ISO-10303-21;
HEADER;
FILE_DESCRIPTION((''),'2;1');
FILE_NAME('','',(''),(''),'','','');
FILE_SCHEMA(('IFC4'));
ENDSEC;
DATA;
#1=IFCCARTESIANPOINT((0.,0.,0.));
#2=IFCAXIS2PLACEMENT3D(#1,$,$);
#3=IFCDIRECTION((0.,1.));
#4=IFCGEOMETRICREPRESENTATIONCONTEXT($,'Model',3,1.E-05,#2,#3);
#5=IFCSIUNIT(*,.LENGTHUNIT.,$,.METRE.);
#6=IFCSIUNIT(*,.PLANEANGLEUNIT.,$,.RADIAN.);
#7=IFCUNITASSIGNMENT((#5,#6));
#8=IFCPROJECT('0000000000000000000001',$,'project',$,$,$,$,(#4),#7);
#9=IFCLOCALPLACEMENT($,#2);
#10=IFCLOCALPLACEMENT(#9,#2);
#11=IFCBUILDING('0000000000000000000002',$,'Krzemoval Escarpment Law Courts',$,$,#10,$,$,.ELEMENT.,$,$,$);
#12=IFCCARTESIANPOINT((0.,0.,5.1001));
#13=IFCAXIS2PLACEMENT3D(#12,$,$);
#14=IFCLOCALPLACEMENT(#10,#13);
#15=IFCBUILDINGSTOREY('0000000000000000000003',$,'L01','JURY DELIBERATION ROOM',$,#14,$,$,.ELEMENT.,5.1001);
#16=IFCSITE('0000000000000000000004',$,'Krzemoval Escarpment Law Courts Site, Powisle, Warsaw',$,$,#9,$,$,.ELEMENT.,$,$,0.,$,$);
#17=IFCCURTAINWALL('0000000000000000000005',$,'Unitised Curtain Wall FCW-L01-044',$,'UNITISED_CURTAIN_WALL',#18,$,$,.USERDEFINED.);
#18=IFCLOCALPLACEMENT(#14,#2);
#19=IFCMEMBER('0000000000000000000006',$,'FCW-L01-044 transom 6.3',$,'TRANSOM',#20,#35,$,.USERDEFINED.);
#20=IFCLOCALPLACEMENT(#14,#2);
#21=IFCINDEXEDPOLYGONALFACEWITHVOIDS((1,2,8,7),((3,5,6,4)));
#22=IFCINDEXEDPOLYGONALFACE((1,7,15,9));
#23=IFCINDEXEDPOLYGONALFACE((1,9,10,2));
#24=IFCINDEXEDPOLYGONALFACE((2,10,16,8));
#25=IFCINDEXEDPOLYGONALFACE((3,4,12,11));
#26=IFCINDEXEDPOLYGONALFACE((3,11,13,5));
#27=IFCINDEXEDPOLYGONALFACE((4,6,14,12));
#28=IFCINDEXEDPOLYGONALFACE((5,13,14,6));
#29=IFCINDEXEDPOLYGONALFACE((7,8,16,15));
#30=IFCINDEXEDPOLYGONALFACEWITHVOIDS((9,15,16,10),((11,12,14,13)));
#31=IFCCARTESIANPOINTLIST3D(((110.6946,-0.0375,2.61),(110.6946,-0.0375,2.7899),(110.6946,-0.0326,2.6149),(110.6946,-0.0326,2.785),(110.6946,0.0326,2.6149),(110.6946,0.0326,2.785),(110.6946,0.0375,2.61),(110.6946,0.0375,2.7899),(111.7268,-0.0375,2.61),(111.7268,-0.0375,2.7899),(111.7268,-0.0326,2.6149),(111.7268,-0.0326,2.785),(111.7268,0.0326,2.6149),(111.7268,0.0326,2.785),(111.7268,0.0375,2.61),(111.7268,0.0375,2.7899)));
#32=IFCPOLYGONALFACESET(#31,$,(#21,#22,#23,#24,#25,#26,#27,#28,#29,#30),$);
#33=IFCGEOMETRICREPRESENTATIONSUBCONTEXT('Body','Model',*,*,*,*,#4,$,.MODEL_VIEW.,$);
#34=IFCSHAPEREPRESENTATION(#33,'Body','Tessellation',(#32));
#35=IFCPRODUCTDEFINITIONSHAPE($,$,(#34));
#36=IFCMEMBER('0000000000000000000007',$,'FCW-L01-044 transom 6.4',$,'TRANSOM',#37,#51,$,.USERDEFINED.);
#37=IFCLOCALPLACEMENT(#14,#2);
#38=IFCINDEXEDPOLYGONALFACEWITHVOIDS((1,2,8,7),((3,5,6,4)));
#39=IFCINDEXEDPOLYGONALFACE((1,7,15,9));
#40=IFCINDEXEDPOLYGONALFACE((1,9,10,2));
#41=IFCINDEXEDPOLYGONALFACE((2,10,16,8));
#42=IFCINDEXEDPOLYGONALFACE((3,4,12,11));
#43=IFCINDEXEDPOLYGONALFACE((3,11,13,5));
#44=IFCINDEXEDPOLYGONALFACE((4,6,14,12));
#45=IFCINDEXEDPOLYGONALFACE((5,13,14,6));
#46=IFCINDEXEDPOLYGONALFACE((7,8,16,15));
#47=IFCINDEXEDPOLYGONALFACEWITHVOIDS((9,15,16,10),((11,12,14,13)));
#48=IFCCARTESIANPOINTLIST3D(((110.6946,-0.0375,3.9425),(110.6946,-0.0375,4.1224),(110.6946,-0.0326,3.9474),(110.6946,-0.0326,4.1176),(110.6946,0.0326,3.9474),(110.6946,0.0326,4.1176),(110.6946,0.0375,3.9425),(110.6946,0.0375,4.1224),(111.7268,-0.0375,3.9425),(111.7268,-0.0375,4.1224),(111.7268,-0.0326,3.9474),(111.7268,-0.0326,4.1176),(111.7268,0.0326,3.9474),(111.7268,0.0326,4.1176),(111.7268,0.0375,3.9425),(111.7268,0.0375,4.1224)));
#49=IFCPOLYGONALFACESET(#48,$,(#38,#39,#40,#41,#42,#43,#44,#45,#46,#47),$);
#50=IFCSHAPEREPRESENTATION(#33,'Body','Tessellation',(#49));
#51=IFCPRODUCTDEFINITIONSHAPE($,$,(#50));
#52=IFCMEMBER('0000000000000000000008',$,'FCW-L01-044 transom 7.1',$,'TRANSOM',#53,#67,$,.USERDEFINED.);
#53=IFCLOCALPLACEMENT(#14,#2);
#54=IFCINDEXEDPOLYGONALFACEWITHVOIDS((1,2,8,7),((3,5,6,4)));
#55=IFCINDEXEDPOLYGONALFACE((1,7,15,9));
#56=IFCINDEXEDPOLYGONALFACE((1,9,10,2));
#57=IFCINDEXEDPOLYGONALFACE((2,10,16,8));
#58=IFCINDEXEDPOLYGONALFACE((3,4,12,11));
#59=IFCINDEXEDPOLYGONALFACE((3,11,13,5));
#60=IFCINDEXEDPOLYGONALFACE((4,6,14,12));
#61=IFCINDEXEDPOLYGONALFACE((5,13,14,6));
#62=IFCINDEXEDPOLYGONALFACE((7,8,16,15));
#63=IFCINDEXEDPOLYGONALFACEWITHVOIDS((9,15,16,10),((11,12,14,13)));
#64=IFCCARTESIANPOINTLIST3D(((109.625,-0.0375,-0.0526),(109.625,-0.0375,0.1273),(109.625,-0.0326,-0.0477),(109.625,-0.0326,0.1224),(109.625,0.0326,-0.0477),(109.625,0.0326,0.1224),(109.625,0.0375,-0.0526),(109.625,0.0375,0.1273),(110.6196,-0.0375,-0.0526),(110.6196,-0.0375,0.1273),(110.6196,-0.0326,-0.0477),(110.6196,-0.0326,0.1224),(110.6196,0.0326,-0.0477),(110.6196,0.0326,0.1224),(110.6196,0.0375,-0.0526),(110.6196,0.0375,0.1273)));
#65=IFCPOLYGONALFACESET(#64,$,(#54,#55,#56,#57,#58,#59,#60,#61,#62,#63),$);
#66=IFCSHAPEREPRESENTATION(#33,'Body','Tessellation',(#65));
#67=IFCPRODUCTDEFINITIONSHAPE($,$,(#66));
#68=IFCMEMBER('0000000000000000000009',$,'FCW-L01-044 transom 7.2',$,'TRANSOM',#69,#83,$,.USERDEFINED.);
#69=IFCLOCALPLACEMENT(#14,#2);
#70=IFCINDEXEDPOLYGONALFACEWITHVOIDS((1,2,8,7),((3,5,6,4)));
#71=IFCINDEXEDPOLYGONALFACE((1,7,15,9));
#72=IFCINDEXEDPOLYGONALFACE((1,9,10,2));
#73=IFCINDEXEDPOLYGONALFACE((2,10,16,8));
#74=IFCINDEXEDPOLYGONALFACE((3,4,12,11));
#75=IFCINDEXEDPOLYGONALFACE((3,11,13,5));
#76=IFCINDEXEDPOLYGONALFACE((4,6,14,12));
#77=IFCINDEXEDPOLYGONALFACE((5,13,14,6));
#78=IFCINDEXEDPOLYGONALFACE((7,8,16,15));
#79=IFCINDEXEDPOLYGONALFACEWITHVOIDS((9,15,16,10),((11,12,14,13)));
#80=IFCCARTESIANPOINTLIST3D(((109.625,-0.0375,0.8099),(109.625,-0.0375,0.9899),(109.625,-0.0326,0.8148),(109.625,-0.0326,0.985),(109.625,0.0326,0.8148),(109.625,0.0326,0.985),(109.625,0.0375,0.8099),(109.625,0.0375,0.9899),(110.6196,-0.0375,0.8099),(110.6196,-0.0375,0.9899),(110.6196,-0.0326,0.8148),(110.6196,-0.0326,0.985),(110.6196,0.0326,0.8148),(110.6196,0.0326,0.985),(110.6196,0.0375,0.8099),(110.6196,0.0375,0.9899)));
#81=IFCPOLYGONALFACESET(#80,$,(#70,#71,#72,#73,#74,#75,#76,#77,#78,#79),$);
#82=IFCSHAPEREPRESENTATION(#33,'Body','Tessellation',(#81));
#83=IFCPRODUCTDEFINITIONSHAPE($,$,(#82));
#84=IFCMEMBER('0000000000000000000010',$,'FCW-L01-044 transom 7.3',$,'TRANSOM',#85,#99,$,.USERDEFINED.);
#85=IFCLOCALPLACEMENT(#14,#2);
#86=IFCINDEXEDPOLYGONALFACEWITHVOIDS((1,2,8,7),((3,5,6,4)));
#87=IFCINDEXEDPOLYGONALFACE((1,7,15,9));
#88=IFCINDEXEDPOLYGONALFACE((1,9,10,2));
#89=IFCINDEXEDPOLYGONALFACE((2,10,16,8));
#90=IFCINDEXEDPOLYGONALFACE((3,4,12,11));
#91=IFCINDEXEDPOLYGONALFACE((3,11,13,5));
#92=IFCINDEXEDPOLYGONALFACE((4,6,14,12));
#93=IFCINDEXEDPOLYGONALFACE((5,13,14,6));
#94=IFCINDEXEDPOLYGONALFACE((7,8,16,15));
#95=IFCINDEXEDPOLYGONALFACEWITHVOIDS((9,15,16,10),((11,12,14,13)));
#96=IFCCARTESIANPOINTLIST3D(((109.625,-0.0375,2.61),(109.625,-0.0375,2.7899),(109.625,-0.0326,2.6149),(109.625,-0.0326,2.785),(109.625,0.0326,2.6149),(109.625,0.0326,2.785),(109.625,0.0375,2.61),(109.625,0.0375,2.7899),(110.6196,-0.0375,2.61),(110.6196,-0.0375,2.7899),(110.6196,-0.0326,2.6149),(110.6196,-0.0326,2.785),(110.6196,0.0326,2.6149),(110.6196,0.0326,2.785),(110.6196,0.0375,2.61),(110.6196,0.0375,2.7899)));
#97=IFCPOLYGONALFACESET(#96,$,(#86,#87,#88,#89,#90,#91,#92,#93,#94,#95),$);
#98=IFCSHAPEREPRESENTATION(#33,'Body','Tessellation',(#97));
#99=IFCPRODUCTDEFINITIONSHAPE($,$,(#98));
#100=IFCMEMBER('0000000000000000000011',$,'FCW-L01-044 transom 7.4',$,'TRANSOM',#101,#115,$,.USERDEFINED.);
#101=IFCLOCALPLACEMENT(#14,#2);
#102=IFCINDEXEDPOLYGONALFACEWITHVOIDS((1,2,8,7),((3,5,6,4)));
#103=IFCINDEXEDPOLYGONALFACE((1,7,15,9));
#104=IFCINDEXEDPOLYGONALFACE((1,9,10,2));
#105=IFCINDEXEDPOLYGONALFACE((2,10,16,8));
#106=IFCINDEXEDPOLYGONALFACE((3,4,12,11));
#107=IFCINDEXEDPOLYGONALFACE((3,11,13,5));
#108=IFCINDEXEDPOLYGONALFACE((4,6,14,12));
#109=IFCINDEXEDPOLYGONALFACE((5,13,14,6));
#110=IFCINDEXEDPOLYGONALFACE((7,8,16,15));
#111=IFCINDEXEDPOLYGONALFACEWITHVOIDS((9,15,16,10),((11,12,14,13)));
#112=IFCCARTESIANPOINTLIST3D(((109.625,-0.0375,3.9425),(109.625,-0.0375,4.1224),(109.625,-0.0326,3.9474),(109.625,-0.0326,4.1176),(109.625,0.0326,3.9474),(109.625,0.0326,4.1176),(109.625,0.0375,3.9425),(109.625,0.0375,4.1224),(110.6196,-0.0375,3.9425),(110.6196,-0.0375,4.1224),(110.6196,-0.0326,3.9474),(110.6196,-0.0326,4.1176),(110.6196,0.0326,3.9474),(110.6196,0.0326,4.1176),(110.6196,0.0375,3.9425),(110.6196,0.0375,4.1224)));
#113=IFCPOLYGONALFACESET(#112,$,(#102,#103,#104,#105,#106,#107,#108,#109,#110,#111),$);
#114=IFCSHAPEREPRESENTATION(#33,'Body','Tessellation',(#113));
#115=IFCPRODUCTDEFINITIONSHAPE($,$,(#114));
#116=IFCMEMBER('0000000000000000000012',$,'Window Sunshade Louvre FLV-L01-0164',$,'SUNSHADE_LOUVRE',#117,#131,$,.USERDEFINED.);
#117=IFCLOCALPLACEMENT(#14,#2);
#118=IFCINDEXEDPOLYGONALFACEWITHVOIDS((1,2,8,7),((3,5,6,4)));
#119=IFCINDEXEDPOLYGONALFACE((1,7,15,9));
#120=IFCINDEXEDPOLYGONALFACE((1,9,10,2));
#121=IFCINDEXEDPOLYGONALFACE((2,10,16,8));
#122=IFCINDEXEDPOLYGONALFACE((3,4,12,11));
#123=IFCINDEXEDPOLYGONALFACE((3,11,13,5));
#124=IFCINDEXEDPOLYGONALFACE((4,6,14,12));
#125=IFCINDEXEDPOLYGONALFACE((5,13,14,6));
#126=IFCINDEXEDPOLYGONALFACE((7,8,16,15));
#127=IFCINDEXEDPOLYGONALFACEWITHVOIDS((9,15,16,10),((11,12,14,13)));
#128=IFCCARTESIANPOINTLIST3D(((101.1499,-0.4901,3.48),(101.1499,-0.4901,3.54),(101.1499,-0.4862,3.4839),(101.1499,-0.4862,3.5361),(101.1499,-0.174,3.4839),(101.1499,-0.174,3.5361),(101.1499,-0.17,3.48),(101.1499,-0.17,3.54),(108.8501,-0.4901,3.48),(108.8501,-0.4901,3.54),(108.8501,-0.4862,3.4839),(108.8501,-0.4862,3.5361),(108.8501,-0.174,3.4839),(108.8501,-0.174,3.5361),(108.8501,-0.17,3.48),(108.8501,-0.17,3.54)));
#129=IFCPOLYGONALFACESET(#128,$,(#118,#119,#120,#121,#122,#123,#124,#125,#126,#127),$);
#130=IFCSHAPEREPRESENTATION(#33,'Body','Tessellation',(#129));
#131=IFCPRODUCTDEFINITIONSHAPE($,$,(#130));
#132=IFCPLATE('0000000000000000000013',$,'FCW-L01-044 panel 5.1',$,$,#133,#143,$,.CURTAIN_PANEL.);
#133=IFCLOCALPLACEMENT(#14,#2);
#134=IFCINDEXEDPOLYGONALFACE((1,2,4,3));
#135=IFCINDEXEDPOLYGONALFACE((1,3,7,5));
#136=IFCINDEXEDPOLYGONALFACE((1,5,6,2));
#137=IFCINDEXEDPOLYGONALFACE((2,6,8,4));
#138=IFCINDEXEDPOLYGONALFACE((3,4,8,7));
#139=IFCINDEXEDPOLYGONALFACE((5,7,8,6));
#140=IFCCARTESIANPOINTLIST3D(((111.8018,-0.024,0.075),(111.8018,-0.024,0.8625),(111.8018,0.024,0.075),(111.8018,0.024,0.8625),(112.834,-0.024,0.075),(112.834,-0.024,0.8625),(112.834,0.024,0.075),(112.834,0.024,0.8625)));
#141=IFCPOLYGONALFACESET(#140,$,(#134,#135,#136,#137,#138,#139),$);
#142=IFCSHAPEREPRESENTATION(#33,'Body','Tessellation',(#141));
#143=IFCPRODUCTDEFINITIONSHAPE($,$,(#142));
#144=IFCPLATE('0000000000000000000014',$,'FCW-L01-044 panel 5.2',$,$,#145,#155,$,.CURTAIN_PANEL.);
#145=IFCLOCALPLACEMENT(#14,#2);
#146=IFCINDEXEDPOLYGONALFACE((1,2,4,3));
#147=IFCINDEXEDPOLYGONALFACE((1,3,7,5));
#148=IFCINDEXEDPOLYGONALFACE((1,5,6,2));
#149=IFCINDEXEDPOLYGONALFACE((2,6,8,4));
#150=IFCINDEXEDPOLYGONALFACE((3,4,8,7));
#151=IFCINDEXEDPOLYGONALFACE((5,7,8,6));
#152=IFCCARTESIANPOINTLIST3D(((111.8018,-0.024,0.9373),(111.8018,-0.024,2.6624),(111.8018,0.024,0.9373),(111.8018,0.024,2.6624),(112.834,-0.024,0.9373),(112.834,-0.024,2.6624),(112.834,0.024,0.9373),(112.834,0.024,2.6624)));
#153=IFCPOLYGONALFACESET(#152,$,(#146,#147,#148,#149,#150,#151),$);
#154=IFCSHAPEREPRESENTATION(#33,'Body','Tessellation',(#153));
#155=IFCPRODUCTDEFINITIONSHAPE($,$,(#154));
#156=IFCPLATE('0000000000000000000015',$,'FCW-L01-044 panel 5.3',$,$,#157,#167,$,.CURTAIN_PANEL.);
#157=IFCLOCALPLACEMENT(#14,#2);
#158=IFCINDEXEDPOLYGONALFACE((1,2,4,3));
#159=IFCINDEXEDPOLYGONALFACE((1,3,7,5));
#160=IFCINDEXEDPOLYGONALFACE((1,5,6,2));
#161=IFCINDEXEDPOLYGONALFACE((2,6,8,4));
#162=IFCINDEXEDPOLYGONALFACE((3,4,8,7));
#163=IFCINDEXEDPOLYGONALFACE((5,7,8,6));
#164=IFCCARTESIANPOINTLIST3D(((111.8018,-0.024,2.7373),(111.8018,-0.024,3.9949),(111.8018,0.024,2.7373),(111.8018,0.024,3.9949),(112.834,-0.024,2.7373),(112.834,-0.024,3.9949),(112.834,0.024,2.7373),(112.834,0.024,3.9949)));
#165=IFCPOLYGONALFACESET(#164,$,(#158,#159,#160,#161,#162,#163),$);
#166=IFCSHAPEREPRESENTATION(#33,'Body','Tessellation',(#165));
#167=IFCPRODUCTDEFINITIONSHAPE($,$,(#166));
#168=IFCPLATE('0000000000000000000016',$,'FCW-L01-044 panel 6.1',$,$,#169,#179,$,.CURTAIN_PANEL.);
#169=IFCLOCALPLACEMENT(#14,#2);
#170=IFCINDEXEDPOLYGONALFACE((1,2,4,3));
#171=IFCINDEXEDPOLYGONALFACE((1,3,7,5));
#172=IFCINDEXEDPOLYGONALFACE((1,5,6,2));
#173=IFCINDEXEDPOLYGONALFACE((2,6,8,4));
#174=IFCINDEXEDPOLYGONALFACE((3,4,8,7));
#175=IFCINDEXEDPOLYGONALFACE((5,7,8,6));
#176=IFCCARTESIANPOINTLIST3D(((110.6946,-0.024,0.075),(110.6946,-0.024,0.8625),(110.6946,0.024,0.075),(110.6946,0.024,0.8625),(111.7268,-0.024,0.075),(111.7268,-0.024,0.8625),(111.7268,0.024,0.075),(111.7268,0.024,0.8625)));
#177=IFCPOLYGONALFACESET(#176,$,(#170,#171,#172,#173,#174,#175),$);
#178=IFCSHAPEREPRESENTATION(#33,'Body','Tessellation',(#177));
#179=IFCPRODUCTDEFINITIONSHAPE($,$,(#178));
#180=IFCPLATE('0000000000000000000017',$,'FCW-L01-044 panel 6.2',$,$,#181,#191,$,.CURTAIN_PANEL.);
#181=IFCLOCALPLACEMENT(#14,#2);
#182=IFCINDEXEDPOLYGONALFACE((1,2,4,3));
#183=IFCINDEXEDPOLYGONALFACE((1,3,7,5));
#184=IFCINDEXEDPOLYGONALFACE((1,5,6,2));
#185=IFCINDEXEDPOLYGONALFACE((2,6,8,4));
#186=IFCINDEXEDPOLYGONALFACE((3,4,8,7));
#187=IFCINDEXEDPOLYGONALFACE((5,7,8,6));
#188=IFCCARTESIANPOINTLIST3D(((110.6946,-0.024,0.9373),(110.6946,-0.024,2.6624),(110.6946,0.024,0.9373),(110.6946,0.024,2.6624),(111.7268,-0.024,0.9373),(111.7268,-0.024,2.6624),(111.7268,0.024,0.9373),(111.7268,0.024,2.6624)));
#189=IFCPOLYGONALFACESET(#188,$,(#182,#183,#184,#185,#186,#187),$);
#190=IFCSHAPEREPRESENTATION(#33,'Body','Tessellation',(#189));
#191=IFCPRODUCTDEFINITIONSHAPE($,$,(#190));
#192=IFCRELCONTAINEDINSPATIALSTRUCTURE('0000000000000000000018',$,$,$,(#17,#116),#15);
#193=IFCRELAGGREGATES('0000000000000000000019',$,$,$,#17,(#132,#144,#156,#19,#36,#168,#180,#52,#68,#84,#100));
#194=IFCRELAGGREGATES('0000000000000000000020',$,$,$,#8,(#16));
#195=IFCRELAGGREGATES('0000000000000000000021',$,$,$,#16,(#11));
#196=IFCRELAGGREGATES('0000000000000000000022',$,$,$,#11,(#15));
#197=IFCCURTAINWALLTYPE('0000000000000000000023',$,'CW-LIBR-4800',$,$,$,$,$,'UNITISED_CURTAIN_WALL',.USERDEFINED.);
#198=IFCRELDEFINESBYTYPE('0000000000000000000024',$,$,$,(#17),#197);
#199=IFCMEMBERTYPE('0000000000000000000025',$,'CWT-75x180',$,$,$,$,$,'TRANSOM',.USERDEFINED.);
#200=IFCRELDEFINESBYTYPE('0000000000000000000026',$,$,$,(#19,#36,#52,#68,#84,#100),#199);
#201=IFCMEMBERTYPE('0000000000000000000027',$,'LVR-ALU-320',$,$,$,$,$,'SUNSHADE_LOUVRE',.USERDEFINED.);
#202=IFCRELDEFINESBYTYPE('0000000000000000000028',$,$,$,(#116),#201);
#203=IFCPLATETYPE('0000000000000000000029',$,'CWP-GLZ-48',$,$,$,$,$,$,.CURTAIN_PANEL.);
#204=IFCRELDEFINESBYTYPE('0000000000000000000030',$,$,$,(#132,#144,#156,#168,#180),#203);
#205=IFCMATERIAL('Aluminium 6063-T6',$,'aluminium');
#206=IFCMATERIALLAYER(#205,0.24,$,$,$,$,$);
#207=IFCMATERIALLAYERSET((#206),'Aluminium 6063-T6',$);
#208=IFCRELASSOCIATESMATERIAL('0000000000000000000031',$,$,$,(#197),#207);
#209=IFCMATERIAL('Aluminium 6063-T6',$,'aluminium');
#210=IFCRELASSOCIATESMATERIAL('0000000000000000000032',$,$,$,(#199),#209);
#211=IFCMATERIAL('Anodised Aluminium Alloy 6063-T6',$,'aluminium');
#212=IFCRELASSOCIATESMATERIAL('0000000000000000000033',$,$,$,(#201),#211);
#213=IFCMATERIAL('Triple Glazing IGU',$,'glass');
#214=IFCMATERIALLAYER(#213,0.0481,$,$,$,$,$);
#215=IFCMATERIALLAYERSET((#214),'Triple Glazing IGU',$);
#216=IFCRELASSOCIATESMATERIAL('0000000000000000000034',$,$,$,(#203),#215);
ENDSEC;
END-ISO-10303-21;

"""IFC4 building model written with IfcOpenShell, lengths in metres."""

from ifc_helpers import new_model, si_unit, direction, frame, origin, origin_2d, place, context, subcontext, project, spatial, rectangle, hollow_rectangle, extrude, material, layer, layer_set, material_profile, profile_set, type_object, element, aggregate, save


model = new_model("IFC4")

# Units and contexts
model_context = context("Model", 3, precision=1e-05, world=origin(), true_north=direction((0.0, 1.0)))
body_context = subcontext(model_context, "Body", "Model", "MODEL_VIEW")
ifc_project = project(units=[si_unit("LENGTHUNIT", "METRE"), si_unit("PLANEANGLEUNIT", "RADIAN")], contexts=[model_context])

# Site, building, storey
site_placement = place(None, origin())
site = spatial("IfcSite", under=ifc_project, at=site_placement, Name="Krzemoval Escarpment Law Courts Site, Powisle, Warsaw", CompositionType="ELEMENT", RefElevation=0.0)
building_placement = place(site_placement, origin())
building = spatial("IfcBuilding", under=site, at=building_placement, Name="Krzemoval Escarpment Law Courts", CompositionType="ELEMENT")
storey_placement = place(building_placement, frame((0.0, 0.0, 5.1001)))
storey = spatial("IfcBuildingStorey", under=building, at=storey_placement, Name="L01", Description="JURY DELIBERATION ROOM", CompositionType="ELEMENT", Elevation=5.1001)

# Curtain wall, members
ifc_material_1 = material(Name="Aluminium 6063-T6", Category="aluminium")
ifc_layer_1 = layer(ifc_material_1, 0.24)
ifc_layer_set_1 = layer_set([ifc_layer_1], Name="Aluminium 6063-T6")
curtain_wall_type = type_object("IfcCurtainWallType", Name="CW-LIBR-4800", ElementType="UNITISED_CURTAIN_WALL", PredefinedType="USERDEFINED", material=ifc_layer_set_1)
curtain_wall_placement = place(storey_placement, origin())
curtain_wall = element("IfcCurtainWall", 1, at=curtain_wall_placement, inside=storey, type_object=curtain_wall_type, Name="Unitised Curtain Wall FCW-L01-044", ObjectType="UNITISED_CURTAIN_WALL", PredefinedType="USERDEFINED")
ifc_material_2 = material(Name="Aluminium 6063-T6", Category="aluminium")
ifc_material_profile_1 = material_profile(ifc_material_2, hollow_rectangle(XDim=0.075, YDim=0.1799, WallThickness=0.0049, at=origin_2d()), Name="ALU T75x180")
ifc_profile_set_1 = profile_set([ifc_material_profile_1], Name="Aluminium 6063-T6")
member_type_1 = type_object("IfcMemberType", Name="CWT-75x180", ElementType="TRANSOM", PredefinedType="USERDEFINED", material=ifc_profile_set_1)
member_1_placement = place(storey_placement, frame((111.7268, 0.0, 2.7), z_axis=(-1.0, 0.0, 0.0), x_axis=(0.0, -1.0, 0.0)))
member_1 = element("IfcMember", 2, at=member_1_placement, type_object=member_type_1, Name="FCW-L01-044 transom 6.3", ObjectType="TRANSOM", PredefinedType="USERDEFINED", context=body_context, shape_type="SweptSolid", body=[
    extrude(hollow_rectangle(XDim=0.075, YDim=0.1799, WallThickness=0.0049, at=origin_2d()), origin(), (0.0, 0.0, 1.0), 1.0322),
])
member_2_placement = place(storey_placement, frame((111.7268, 0.0, 4.0325), z_axis=(-1.0, 0.0, 0.0), x_axis=(0.0, -1.0, 0.0)))
member_2 = element("IfcMember", 3, at=member_2_placement, type_object=member_type_1, Name="FCW-L01-044 transom 6.4", ObjectType="TRANSOM", PredefinedType="USERDEFINED", context=body_context, shape_type="SweptSolid", body=[
    extrude(hollow_rectangle(XDim=0.075, YDim=0.1799, WallThickness=0.0049, at=origin_2d()), origin(), (0.0, 0.0, 1.0), 1.0322),
])
member_3_placement = place(storey_placement, frame((110.6196, 0.0, 0.0374), z_axis=(-1.0, 0.0, 0.0), x_axis=(0.0, -1.0, 0.0)))
member_3 = element("IfcMember", 4, at=member_3_placement, type_object=member_type_1, Name="FCW-L01-044 transom 7.1", ObjectType="TRANSOM", PredefinedType="USERDEFINED", context=body_context, shape_type="SweptSolid", body=[
    extrude(hollow_rectangle(XDim=0.075, YDim=0.1799, WallThickness=0.0049, at=origin_2d()), origin(), (0.0, 0.0, 1.0), 0.9946),
])
member_4_placement = place(storey_placement, frame((110.6196, 0.0, 0.8999), z_axis=(-1.0, 0.0, 0.0), x_axis=(0.0, -1.0, 0.0)))
member_4 = element("IfcMember", 5, at=member_4_placement, type_object=member_type_1, Name="FCW-L01-044 transom 7.2", ObjectType="TRANSOM", PredefinedType="USERDEFINED", context=body_context, shape_type="SweptSolid", body=[
    extrude(hollow_rectangle(XDim=0.075, YDim=0.1799, WallThickness=0.0049, at=origin_2d()), origin(), (0.0, 0.0, 1.0), 0.9946),
])
member_5_placement = place(storey_placement, frame((110.6196, 0.0, 2.7), z_axis=(-1.0, 0.0, 0.0), x_axis=(0.0, -1.0, 0.0)))
member_5 = element("IfcMember", 6, at=member_5_placement, type_object=member_type_1, Name="FCW-L01-044 transom 7.3", ObjectType="TRANSOM", PredefinedType="USERDEFINED", context=body_context, shape_type="SweptSolid", body=[
    extrude(hollow_rectangle(XDim=0.075, YDim=0.1799, WallThickness=0.0049, at=origin_2d()), origin(), (0.0, 0.0, 1.0), 0.9946),
])
member_6_placement = place(storey_placement, frame((110.6196, 0.0, 4.0325), z_axis=(-1.0, 0.0, 0.0), x_axis=(0.0, -1.0, 0.0)))
member_6 = element("IfcMember", 7, at=member_6_placement, type_object=member_type_1, Name="FCW-L01-044 transom 7.4", ObjectType="TRANSOM", PredefinedType="USERDEFINED", context=body_context, shape_type="SweptSolid", body=[
    extrude(hollow_rectangle(XDim=0.075, YDim=0.1799, WallThickness=0.0049, at=origin_2d()), origin(), (0.0, 0.0, 1.0), 0.9946),
])

# Member
ifc_material_3 = material(Name="Anodised Aluminium Alloy 6063-T6", Category="aluminium")
ifc_material_profile_2 = material_profile(ifc_material_3, hollow_rectangle(XDim=0.0601, YDim=0.3201, WallThickness=0.0039, at=origin_2d()), Name="ALU LVR 60x320")
ifc_profile_set_2 = profile_set([ifc_material_profile_2], Name="Anodised Aluminium Alloy 6063-T6")
member_type_2 = type_object("IfcMemberType", Name="LVR-ALU-320", ElementType="SUNSHADE_LOUVRE", PredefinedType="USERDEFINED", material=ifc_profile_set_2)
member_7_placement = place(storey_placement, frame((108.8501, -0.3301, 3.51), z_axis=(-1.0, 0.0, 0.0), x_axis=(0.0, 0.0, 1.0)))
element("IfcMember", 8, at=member_7_placement, inside=storey, type_object=member_type_2, Name="Window Sunshade Louvre FLV-L01-0164", ObjectType="SUNSHADE_LOUVRE", PredefinedType="USERDEFINED", context=body_context, shape_type="SweptSolid", body=[
    extrude(hollow_rectangle(XDim=0.0601, YDim=0.3201, WallThickness=0.0039, at=origin_2d()), origin(), (0.0, 0.0, 1.0), 7.7002),
])

# Plates
ifc_material_4 = material(Name="Triple Glazing IGU", Category="glass")
ifc_layer_2 = layer(ifc_material_4, 0.0481)
ifc_layer_set_2 = layer_set([ifc_layer_2], Name="Triple Glazing IGU")
plate_type = type_object("IfcPlateType", Name="CWP-GLZ-48", PredefinedType="CURTAIN_PANEL", material=ifc_layer_set_2)
plate_1_placement = place(storey_placement, frame((112.3179, 0.0, 0.075), z_axis=(0.0, 0.0, 1.0), x_axis=(-1.0, 0.0, 0.0)))
plate_1 = element("IfcPlate", 9, at=plate_1_placement, type_object=plate_type, Name="FCW-L01-044 panel 5.1", PredefinedType="CURTAIN_PANEL", context=body_context, shape_type="SweptSolid", body=[
    extrude(rectangle(XDim=1.0322, YDim=0.0481, at=origin_2d()), origin(), (0.0, 0.0, 1.0), 0.7876),
])
plate_2_placement = place(storey_placement, frame((112.3179, 0.0, 0.9373), z_axis=(0.0, 0.0, 1.0), x_axis=(-1.0, 0.0, 0.0)))
plate_2 = element("IfcPlate", 10, at=plate_2_placement, type_object=plate_type, Name="FCW-L01-044 panel 5.2", PredefinedType="CURTAIN_PANEL", context=body_context, shape_type="SweptSolid", body=[
    extrude(rectangle(XDim=1.0322, YDim=0.0481, at=origin_2d()), origin(), (0.0, 0.0, 1.0), 1.7251),
])
plate_3_placement = place(storey_placement, frame((112.3179, 0.0, 2.7373), z_axis=(0.0, 0.0, 1.0), x_axis=(-1.0, 0.0, 0.0)))
plate_3 = element("IfcPlate", 11, at=plate_3_placement, type_object=plate_type, Name="FCW-L01-044 panel 5.3", PredefinedType="CURTAIN_PANEL", context=body_context, shape_type="SweptSolid", body=[
    extrude(rectangle(XDim=1.0322, YDim=0.0481, at=origin_2d()), origin(), (0.0, 0.0, 1.0), 1.2576),
])
plate_4_placement = place(storey_placement, frame((111.2107, 0.0, 0.075), z_axis=(0.0, 0.0, 1.0), x_axis=(-1.0, 0.0, 0.0)))
plate_4 = element("IfcPlate", 12, at=plate_4_placement, type_object=plate_type, Name="FCW-L01-044 panel 6.1", PredefinedType="CURTAIN_PANEL", context=body_context, shape_type="SweptSolid", body=[
    extrude(rectangle(XDim=1.0322, YDim=0.0481, at=origin_2d()), origin(), (0.0, 0.0, 1.0), 0.7876),
])
plate_5_placement = place(storey_placement, frame((111.2107, 0.0, 0.9373), z_axis=(0.0, 0.0, 1.0), x_axis=(-1.0, 0.0, 0.0)))
plate_5 = element("IfcPlate", 13, at=plate_5_placement, type_object=plate_type, Name="FCW-L01-044 panel 6.2", PredefinedType="CURTAIN_PANEL", context=body_context, shape_type="SweptSolid", body=[
    extrude(rectangle(XDim=1.0322, YDim=0.0481, at=origin_2d()), origin(), (0.0, 0.0, 1.0), 1.7251),
])
aggregate(curtain_wall, [plate_1, plate_2, plate_3, member_1, member_2, plate_4, plate_5, member_3, member_4, member_5, member_6])

save(model, "model.ifc")
